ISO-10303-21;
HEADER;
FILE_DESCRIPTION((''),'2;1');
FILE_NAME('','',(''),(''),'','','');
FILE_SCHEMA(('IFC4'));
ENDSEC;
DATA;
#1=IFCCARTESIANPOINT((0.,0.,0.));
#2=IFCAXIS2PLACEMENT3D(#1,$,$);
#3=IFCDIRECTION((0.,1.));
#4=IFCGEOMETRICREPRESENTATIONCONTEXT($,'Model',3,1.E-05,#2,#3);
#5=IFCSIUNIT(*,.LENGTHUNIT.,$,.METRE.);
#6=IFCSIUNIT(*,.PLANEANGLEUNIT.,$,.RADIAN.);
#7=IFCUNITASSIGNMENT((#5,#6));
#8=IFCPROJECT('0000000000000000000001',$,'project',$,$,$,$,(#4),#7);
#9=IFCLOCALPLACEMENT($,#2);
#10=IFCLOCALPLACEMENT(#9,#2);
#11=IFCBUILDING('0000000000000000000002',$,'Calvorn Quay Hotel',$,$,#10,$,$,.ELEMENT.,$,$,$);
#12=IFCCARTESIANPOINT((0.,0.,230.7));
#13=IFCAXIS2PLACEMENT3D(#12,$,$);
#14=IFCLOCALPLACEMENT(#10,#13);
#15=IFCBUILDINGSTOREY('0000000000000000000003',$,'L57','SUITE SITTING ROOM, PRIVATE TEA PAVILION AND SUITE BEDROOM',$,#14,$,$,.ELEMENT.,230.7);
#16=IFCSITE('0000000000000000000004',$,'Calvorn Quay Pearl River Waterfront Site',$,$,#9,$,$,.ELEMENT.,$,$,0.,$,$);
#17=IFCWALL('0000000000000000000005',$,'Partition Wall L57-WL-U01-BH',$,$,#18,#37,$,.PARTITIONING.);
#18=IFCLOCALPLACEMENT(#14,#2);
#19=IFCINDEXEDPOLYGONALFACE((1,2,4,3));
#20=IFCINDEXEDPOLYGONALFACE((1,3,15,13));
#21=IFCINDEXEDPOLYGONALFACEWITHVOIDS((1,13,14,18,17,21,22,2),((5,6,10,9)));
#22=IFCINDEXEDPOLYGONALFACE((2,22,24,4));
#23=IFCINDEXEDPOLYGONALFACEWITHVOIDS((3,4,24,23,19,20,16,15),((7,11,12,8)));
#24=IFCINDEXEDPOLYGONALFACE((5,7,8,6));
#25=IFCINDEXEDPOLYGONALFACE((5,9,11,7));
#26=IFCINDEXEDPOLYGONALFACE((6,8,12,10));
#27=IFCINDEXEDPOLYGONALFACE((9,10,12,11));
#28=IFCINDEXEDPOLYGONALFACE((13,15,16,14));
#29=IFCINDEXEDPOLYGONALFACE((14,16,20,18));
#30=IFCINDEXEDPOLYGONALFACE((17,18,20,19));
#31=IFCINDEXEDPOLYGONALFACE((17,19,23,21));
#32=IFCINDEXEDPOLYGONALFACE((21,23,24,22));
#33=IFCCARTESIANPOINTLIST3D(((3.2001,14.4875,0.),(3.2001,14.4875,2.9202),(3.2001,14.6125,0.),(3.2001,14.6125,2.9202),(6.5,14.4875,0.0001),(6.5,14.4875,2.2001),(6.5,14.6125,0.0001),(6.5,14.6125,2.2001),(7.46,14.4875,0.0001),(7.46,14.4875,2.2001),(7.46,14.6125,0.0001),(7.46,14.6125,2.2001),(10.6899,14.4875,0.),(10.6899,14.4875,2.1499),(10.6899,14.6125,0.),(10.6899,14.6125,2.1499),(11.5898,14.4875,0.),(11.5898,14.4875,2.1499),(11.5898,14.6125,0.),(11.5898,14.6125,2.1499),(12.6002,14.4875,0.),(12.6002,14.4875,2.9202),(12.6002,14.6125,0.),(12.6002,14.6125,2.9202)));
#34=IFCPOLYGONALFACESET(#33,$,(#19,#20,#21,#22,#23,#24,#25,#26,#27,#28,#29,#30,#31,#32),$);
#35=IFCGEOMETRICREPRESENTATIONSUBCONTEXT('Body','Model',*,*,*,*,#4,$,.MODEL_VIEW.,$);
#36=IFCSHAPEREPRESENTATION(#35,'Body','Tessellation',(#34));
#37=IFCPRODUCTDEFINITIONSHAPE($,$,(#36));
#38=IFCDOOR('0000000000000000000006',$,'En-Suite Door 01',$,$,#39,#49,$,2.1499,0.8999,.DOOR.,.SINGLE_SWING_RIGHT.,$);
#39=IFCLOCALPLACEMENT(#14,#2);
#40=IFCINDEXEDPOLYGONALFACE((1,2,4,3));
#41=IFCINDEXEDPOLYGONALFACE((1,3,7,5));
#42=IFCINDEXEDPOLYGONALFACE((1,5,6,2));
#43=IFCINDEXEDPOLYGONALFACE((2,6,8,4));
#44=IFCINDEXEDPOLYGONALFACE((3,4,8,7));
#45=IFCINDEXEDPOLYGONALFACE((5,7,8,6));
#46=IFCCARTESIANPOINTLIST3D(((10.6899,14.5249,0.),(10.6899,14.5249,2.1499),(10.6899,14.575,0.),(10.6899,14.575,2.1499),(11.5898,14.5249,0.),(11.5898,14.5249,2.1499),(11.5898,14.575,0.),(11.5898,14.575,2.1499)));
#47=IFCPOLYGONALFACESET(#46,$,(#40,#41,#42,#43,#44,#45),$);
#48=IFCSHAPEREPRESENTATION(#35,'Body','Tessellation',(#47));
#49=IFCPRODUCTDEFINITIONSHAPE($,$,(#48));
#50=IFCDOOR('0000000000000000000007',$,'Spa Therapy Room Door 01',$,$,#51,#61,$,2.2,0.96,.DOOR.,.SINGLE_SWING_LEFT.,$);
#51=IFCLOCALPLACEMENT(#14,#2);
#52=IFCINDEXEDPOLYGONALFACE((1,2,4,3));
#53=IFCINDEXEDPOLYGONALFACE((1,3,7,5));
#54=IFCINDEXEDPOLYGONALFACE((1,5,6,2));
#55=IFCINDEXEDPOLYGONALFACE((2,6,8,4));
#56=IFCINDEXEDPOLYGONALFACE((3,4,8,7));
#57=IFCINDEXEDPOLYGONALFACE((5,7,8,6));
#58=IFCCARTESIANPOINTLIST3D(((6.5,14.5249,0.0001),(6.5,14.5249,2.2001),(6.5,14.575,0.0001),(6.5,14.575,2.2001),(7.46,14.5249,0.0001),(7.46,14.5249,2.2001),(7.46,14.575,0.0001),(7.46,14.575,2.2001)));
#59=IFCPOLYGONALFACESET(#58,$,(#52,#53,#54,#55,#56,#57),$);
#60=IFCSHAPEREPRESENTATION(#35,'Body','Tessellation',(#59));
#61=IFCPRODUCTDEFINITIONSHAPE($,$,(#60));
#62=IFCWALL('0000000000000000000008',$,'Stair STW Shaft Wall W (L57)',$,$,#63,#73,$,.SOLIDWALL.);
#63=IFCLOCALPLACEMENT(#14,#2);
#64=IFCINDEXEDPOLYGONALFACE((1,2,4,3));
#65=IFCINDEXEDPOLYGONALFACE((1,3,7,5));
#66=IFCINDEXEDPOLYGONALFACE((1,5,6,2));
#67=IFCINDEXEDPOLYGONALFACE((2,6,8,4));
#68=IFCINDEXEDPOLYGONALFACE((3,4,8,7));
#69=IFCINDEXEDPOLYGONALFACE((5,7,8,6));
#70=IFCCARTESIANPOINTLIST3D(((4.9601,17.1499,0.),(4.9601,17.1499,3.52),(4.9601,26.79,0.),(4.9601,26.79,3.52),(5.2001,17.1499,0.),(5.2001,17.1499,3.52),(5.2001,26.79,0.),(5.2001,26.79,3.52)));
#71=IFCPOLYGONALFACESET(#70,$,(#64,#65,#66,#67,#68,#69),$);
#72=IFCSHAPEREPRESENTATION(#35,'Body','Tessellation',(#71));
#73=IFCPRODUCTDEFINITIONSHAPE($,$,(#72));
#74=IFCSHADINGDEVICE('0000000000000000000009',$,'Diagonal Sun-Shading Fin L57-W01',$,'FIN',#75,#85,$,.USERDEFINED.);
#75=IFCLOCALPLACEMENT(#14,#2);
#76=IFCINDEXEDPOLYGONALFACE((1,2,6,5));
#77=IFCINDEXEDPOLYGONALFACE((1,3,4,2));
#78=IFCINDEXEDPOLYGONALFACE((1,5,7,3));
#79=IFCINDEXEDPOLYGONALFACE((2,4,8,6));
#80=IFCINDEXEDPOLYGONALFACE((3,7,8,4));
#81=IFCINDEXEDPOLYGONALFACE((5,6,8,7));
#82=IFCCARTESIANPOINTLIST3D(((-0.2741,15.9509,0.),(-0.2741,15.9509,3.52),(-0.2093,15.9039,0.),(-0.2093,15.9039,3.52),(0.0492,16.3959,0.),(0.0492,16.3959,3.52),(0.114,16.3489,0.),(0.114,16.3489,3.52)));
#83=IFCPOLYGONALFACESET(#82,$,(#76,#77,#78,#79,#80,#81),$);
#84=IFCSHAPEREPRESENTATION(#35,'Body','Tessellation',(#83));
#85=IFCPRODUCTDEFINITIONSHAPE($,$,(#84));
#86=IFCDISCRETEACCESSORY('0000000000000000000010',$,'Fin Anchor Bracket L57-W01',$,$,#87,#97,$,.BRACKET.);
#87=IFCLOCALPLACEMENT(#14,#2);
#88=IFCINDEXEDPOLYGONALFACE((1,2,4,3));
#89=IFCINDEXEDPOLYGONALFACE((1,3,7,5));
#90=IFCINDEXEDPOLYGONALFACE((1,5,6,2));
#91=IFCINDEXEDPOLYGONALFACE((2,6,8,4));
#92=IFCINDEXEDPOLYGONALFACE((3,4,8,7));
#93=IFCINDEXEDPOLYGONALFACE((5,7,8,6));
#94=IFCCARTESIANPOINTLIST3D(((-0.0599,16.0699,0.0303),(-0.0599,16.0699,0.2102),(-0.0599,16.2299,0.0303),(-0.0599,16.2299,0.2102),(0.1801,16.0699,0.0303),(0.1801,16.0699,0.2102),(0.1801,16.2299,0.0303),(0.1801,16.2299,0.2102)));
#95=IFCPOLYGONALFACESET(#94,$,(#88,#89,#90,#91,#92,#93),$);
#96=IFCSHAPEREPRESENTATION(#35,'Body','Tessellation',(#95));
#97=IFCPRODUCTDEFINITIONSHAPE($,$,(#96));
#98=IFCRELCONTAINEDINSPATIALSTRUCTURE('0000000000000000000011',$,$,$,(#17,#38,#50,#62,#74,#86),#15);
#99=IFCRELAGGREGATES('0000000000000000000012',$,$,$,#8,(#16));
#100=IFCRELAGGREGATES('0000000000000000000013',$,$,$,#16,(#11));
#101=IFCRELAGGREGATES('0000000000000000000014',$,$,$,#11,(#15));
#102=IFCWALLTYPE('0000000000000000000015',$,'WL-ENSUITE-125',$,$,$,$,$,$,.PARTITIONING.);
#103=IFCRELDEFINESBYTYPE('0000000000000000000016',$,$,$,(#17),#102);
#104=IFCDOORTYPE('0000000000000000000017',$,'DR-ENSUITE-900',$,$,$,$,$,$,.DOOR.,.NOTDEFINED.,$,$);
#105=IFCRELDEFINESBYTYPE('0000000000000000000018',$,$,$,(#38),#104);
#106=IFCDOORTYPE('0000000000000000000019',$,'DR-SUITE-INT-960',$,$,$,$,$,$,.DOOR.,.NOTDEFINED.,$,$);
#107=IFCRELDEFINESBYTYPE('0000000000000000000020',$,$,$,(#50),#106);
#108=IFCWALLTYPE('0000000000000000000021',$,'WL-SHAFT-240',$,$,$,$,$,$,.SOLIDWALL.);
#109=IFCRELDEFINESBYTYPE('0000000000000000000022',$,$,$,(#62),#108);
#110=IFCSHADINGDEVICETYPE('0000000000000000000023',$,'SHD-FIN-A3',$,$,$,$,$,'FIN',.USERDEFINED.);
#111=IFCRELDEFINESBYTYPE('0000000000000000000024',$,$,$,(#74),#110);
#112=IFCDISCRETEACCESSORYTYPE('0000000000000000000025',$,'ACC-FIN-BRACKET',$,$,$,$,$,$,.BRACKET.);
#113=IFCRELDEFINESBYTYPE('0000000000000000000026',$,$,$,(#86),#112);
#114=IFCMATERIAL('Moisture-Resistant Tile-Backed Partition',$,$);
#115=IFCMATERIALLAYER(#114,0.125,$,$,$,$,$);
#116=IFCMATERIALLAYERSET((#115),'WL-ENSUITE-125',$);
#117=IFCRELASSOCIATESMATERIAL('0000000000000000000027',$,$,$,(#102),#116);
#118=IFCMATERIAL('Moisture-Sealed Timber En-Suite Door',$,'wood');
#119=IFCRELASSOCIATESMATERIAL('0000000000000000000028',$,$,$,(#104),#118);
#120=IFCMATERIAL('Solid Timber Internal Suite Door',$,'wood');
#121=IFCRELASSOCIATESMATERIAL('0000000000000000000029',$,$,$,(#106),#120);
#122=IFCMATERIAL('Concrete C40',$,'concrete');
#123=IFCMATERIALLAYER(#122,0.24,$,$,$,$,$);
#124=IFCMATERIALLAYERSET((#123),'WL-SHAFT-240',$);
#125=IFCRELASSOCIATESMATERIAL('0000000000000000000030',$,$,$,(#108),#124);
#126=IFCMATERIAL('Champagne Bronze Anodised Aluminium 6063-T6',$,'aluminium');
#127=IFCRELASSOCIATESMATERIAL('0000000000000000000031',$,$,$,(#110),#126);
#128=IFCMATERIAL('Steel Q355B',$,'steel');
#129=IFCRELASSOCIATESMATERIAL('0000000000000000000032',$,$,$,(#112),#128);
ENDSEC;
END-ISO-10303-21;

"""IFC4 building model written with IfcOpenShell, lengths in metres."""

from ifc_helpers import new_model, si_unit, direction, frame, frame_2d, origin, origin_2d, place, context, subcontext, project, spatial, rectangle, extrude, material, layer, layer_set, type_object, element, fill, save


model = new_model("IFC4")

# Units and contexts
model_context = context("Model", 3, precision=1e-05, world=origin(), true_north=direction((0.0, 1.0)))
body_context = subcontext(model_context, "Body", "Model", "MODEL_VIEW")
ifc_project = project(units=[si_unit("LENGTHUNIT", "METRE"), si_unit("PLANEANGLEUNIT", "RADIAN")], contexts=[model_context])

# Site, building, storey
site_placement = place(None, origin())
site = spatial("IfcSite", under=ifc_project, at=site_placement, Name="Calvorn Quay Pearl River Waterfront Site", CompositionType="ELEMENT", RefElevation=0.0)
building_placement = place(site_placement, origin())
building = spatial("IfcBuilding", under=site, at=building_placement, Name="Calvorn Quay Hotel", CompositionType="ELEMENT")
storey_placement = place(building_placement, frame((0.0, 0.0, 230.7)))
storey = spatial("IfcBuildingStorey", under=building, at=storey_placement, Name="L57", Description="SUITE SITTING ROOM, PRIVATE TEA PAVILION AND SUITE BEDROOM", CompositionType="ELEMENT", Elevation=230.7)

# Wall, openings, doors
ifc_material_1 = material(Name="Moisture-Resistant Tile-Backed Partition")
ifc_layer_1 = layer(ifc_material_1, 0.125)
ifc_layer_set_1 = layer_set([ifc_layer_1], Name="WL-ENSUITE-125")
wall_type_1 = type_object("IfcWallType", Name="WL-ENSUITE-125", PredefinedType="PARTITIONING", material=ifc_layer_set_1)
wall_1_placement = place(storey_placement, frame((3.2, 14.55, 0.0), z_axis=(0.0, 0.0, 1.0), x_axis=(1.0, 0.0, 0.0)))
wall_1 = element("IfcWall", 1, at=wall_1_placement, inside=storey, type_object=wall_type_1, Name="Partition Wall L57-WL-U01-BH", PredefinedType="PARTITIONING", context=body_context, shape_type="SweptSolid", body=[
    extrude(rectangle(XDim=9.4001, YDim=0.125, at=frame_2d((4.7002, 0.0))), origin(), (0.0, 0.0, 1.0), 2.9202),
])
opening_1_placement = place(wall_1_placement, frame((3.3, 0.0, 0.0)))
opening_1 = element("IfcOpeningElement", 2, at=opening_1_placement, cuts=wall_1, PredefinedType="OPENING", context=body_context, shape_type="SweptSolid", body=[
    extrude(rectangle(XDim=0.96, YDim=2.2, at=frame_2d((0.48, 1.1001))), frame((0.0, 0.0725, 0.0), z_axis=(0.0, -1.0, 0.0), x_axis=(1.0, 0.0, 0.0)), (0.0, 0.0, 1.0), 0.145),
])
opening_2_placement = place(wall_1_placement, frame((7.49, 0.0, 0.0)))
opening_2 = element("IfcOpeningElement", 3, at=opening_2_placement, cuts=wall_1, PredefinedType="OPENING", context=body_context, shape_type="SweptSolid", body=[
    extrude(rectangle(XDim=0.8999, YDim=2.1499, at=frame_2d((0.45, 1.075))), frame((0.0, 0.0725, 0.0), z_axis=(0.0, -1.0, 0.0), x_axis=(1.0, 0.0, 0.0)), (0.0, 0.0, 1.0), 0.145),
])
ifc_material_2 = material(Name="Moisture-Sealed Timber En-Suite Door", Category="wood")
door_type_1 = type_object("IfcDoorType", Name="DR-ENSUITE-900", OperationType="NOTDEFINED", PredefinedType="DOOR", material=ifc_material_2)
door_1_placement = place(opening_2_placement, origin())
door_1 = element("IfcDoor", 4, at=door_1_placement, inside=storey, type_object=door_type_1, Name="En-Suite Door 01", OperationType="SINGLE_SWING_RIGHT", OverallHeight=2.1499, OverallWidth=0.8999, PredefinedType="DOOR", context=body_context, shape_type="SweptSolid", body=[
    extrude(rectangle(XDim=0.8999, YDim=2.1499, at=frame_2d((0.45, 1.075))), frame((0.0, 0.0249, 0.0), z_axis=(0.0, -1.0, 0.0), x_axis=(1.0, 0.0, 0.0)), (0.0, 0.0, 1.0), 0.05),
])
fill(opening_2, door_1)
ifc_material_3 = material(Name="Solid Timber Internal Suite Door", Category="wood")
door_type_2 = type_object("IfcDoorType", Name="DR-SUITE-INT-960", OperationType="NOTDEFINED", PredefinedType="DOOR", material=ifc_material_3)
door_2_placement = place(opening_1_placement, origin())
door_2 = element("IfcDoor", 5, at=door_2_placement, inside=storey, type_object=door_type_2, Name="Spa Therapy Room Door 01", OperationType="SINGLE_SWING_LEFT", OverallHeight=2.2, OverallWidth=0.96, PredefinedType="DOOR", context=body_context, shape_type="SweptSolid", body=[
    extrude(rectangle(XDim=0.96, YDim=2.2, at=frame_2d((0.48, 1.1001))), frame((0.0, 0.0249, 0.0), z_axis=(0.0, -1.0, 0.0), x_axis=(1.0, 0.0, 0.0)), (0.0, 0.0, 1.0), 0.05),
])
fill(opening_1, door_2)

# Wall
ifc_material_4 = material(Name="Concrete C40", Category="concrete")
ifc_layer_2 = layer(ifc_material_4, 0.24)
ifc_layer_set_2 = layer_set([ifc_layer_2], Name="WL-SHAFT-240")
wall_type_2 = type_object("IfcWallType", Name="WL-SHAFT-240", PredefinedType="SOLIDWALL", material=ifc_layer_set_2)
wall_2_placement = place(storey_placement, frame((5.0801, 17.1499, 0.0), z_axis=(0.0, 0.0, 1.0), x_axis=(0.0, 1.0, 0.0)))
element("IfcWall", 6, at=wall_2_placement, inside=storey, type_object=wall_type_2, Name="Stair STW Shaft Wall W (L57)", PredefinedType="SOLIDWALL", context=body_context, shape_type="SweptSolid", body=[
    extrude(rectangle(XDim=9.6401, YDim=0.24, at=frame_2d((4.8201, 0.0))), origin(), (0.0, 0.0, 1.0), 3.52),
])

# Shading device
ifc_material_5 = material(Name="Champagne Bronze Anodised Aluminium 6063-T6", Category="aluminium")
shading_device_type = type_object("IfcShadingDeviceType", Name="SHD-FIN-A3", ElementType="FIN", PredefinedType="USERDEFINED", material=ifc_material_5)
shading_device_placement = place(storey_placement, frame((-0.0801, 16.1499, 0.0), z_axis=(0.0, 0.0, 1.0), x_axis=(0.587785, 0.809017, 0.0)))
element("IfcShadingDevice", 7, at=shading_device_placement, inside=storey, type_object=shading_device_type, Name="Diagonal Sun-Shading Fin L57-W01", ObjectType="FIN", PredefinedType="USERDEFINED", context=body_context, shape_type="SweptSolid", body=[
    extrude(rectangle(XDim=0.55, YDim=0.0801, at=origin_2d()), origin(), (0.0, 0.0, 1.0), 3.52),
])

# Discrete accessory
ifc_material_6 = material(Name="Steel Q355B", Category="steel")
discrete_accessory_type = type_object("IfcDiscreteAccessoryType", Name="ACC-FIN-BRACKET", PredefinedType="BRACKET", material=ifc_material_6)
discrete_accessory_placement = place(storey_placement, frame((0.0601, 16.1499, 0.0303), z_axis=(0.0, 0.0, 1.0), x_axis=(1.0, 0.0, 0.0)))
element("IfcDiscreteAccessory", 8, at=discrete_accessory_placement, inside=storey, type_object=discrete_accessory_type, Name="Fin Anchor Bracket L57-W01", PredefinedType="BRACKET", context=body_context, shape_type="SweptSolid", body=[
    extrude(rectangle(XDim=0.24, YDim=0.1599, at=origin_2d()), origin(), (0.0, 0.0, 1.0), 0.1799),
])

save(model, "model.ifc")
